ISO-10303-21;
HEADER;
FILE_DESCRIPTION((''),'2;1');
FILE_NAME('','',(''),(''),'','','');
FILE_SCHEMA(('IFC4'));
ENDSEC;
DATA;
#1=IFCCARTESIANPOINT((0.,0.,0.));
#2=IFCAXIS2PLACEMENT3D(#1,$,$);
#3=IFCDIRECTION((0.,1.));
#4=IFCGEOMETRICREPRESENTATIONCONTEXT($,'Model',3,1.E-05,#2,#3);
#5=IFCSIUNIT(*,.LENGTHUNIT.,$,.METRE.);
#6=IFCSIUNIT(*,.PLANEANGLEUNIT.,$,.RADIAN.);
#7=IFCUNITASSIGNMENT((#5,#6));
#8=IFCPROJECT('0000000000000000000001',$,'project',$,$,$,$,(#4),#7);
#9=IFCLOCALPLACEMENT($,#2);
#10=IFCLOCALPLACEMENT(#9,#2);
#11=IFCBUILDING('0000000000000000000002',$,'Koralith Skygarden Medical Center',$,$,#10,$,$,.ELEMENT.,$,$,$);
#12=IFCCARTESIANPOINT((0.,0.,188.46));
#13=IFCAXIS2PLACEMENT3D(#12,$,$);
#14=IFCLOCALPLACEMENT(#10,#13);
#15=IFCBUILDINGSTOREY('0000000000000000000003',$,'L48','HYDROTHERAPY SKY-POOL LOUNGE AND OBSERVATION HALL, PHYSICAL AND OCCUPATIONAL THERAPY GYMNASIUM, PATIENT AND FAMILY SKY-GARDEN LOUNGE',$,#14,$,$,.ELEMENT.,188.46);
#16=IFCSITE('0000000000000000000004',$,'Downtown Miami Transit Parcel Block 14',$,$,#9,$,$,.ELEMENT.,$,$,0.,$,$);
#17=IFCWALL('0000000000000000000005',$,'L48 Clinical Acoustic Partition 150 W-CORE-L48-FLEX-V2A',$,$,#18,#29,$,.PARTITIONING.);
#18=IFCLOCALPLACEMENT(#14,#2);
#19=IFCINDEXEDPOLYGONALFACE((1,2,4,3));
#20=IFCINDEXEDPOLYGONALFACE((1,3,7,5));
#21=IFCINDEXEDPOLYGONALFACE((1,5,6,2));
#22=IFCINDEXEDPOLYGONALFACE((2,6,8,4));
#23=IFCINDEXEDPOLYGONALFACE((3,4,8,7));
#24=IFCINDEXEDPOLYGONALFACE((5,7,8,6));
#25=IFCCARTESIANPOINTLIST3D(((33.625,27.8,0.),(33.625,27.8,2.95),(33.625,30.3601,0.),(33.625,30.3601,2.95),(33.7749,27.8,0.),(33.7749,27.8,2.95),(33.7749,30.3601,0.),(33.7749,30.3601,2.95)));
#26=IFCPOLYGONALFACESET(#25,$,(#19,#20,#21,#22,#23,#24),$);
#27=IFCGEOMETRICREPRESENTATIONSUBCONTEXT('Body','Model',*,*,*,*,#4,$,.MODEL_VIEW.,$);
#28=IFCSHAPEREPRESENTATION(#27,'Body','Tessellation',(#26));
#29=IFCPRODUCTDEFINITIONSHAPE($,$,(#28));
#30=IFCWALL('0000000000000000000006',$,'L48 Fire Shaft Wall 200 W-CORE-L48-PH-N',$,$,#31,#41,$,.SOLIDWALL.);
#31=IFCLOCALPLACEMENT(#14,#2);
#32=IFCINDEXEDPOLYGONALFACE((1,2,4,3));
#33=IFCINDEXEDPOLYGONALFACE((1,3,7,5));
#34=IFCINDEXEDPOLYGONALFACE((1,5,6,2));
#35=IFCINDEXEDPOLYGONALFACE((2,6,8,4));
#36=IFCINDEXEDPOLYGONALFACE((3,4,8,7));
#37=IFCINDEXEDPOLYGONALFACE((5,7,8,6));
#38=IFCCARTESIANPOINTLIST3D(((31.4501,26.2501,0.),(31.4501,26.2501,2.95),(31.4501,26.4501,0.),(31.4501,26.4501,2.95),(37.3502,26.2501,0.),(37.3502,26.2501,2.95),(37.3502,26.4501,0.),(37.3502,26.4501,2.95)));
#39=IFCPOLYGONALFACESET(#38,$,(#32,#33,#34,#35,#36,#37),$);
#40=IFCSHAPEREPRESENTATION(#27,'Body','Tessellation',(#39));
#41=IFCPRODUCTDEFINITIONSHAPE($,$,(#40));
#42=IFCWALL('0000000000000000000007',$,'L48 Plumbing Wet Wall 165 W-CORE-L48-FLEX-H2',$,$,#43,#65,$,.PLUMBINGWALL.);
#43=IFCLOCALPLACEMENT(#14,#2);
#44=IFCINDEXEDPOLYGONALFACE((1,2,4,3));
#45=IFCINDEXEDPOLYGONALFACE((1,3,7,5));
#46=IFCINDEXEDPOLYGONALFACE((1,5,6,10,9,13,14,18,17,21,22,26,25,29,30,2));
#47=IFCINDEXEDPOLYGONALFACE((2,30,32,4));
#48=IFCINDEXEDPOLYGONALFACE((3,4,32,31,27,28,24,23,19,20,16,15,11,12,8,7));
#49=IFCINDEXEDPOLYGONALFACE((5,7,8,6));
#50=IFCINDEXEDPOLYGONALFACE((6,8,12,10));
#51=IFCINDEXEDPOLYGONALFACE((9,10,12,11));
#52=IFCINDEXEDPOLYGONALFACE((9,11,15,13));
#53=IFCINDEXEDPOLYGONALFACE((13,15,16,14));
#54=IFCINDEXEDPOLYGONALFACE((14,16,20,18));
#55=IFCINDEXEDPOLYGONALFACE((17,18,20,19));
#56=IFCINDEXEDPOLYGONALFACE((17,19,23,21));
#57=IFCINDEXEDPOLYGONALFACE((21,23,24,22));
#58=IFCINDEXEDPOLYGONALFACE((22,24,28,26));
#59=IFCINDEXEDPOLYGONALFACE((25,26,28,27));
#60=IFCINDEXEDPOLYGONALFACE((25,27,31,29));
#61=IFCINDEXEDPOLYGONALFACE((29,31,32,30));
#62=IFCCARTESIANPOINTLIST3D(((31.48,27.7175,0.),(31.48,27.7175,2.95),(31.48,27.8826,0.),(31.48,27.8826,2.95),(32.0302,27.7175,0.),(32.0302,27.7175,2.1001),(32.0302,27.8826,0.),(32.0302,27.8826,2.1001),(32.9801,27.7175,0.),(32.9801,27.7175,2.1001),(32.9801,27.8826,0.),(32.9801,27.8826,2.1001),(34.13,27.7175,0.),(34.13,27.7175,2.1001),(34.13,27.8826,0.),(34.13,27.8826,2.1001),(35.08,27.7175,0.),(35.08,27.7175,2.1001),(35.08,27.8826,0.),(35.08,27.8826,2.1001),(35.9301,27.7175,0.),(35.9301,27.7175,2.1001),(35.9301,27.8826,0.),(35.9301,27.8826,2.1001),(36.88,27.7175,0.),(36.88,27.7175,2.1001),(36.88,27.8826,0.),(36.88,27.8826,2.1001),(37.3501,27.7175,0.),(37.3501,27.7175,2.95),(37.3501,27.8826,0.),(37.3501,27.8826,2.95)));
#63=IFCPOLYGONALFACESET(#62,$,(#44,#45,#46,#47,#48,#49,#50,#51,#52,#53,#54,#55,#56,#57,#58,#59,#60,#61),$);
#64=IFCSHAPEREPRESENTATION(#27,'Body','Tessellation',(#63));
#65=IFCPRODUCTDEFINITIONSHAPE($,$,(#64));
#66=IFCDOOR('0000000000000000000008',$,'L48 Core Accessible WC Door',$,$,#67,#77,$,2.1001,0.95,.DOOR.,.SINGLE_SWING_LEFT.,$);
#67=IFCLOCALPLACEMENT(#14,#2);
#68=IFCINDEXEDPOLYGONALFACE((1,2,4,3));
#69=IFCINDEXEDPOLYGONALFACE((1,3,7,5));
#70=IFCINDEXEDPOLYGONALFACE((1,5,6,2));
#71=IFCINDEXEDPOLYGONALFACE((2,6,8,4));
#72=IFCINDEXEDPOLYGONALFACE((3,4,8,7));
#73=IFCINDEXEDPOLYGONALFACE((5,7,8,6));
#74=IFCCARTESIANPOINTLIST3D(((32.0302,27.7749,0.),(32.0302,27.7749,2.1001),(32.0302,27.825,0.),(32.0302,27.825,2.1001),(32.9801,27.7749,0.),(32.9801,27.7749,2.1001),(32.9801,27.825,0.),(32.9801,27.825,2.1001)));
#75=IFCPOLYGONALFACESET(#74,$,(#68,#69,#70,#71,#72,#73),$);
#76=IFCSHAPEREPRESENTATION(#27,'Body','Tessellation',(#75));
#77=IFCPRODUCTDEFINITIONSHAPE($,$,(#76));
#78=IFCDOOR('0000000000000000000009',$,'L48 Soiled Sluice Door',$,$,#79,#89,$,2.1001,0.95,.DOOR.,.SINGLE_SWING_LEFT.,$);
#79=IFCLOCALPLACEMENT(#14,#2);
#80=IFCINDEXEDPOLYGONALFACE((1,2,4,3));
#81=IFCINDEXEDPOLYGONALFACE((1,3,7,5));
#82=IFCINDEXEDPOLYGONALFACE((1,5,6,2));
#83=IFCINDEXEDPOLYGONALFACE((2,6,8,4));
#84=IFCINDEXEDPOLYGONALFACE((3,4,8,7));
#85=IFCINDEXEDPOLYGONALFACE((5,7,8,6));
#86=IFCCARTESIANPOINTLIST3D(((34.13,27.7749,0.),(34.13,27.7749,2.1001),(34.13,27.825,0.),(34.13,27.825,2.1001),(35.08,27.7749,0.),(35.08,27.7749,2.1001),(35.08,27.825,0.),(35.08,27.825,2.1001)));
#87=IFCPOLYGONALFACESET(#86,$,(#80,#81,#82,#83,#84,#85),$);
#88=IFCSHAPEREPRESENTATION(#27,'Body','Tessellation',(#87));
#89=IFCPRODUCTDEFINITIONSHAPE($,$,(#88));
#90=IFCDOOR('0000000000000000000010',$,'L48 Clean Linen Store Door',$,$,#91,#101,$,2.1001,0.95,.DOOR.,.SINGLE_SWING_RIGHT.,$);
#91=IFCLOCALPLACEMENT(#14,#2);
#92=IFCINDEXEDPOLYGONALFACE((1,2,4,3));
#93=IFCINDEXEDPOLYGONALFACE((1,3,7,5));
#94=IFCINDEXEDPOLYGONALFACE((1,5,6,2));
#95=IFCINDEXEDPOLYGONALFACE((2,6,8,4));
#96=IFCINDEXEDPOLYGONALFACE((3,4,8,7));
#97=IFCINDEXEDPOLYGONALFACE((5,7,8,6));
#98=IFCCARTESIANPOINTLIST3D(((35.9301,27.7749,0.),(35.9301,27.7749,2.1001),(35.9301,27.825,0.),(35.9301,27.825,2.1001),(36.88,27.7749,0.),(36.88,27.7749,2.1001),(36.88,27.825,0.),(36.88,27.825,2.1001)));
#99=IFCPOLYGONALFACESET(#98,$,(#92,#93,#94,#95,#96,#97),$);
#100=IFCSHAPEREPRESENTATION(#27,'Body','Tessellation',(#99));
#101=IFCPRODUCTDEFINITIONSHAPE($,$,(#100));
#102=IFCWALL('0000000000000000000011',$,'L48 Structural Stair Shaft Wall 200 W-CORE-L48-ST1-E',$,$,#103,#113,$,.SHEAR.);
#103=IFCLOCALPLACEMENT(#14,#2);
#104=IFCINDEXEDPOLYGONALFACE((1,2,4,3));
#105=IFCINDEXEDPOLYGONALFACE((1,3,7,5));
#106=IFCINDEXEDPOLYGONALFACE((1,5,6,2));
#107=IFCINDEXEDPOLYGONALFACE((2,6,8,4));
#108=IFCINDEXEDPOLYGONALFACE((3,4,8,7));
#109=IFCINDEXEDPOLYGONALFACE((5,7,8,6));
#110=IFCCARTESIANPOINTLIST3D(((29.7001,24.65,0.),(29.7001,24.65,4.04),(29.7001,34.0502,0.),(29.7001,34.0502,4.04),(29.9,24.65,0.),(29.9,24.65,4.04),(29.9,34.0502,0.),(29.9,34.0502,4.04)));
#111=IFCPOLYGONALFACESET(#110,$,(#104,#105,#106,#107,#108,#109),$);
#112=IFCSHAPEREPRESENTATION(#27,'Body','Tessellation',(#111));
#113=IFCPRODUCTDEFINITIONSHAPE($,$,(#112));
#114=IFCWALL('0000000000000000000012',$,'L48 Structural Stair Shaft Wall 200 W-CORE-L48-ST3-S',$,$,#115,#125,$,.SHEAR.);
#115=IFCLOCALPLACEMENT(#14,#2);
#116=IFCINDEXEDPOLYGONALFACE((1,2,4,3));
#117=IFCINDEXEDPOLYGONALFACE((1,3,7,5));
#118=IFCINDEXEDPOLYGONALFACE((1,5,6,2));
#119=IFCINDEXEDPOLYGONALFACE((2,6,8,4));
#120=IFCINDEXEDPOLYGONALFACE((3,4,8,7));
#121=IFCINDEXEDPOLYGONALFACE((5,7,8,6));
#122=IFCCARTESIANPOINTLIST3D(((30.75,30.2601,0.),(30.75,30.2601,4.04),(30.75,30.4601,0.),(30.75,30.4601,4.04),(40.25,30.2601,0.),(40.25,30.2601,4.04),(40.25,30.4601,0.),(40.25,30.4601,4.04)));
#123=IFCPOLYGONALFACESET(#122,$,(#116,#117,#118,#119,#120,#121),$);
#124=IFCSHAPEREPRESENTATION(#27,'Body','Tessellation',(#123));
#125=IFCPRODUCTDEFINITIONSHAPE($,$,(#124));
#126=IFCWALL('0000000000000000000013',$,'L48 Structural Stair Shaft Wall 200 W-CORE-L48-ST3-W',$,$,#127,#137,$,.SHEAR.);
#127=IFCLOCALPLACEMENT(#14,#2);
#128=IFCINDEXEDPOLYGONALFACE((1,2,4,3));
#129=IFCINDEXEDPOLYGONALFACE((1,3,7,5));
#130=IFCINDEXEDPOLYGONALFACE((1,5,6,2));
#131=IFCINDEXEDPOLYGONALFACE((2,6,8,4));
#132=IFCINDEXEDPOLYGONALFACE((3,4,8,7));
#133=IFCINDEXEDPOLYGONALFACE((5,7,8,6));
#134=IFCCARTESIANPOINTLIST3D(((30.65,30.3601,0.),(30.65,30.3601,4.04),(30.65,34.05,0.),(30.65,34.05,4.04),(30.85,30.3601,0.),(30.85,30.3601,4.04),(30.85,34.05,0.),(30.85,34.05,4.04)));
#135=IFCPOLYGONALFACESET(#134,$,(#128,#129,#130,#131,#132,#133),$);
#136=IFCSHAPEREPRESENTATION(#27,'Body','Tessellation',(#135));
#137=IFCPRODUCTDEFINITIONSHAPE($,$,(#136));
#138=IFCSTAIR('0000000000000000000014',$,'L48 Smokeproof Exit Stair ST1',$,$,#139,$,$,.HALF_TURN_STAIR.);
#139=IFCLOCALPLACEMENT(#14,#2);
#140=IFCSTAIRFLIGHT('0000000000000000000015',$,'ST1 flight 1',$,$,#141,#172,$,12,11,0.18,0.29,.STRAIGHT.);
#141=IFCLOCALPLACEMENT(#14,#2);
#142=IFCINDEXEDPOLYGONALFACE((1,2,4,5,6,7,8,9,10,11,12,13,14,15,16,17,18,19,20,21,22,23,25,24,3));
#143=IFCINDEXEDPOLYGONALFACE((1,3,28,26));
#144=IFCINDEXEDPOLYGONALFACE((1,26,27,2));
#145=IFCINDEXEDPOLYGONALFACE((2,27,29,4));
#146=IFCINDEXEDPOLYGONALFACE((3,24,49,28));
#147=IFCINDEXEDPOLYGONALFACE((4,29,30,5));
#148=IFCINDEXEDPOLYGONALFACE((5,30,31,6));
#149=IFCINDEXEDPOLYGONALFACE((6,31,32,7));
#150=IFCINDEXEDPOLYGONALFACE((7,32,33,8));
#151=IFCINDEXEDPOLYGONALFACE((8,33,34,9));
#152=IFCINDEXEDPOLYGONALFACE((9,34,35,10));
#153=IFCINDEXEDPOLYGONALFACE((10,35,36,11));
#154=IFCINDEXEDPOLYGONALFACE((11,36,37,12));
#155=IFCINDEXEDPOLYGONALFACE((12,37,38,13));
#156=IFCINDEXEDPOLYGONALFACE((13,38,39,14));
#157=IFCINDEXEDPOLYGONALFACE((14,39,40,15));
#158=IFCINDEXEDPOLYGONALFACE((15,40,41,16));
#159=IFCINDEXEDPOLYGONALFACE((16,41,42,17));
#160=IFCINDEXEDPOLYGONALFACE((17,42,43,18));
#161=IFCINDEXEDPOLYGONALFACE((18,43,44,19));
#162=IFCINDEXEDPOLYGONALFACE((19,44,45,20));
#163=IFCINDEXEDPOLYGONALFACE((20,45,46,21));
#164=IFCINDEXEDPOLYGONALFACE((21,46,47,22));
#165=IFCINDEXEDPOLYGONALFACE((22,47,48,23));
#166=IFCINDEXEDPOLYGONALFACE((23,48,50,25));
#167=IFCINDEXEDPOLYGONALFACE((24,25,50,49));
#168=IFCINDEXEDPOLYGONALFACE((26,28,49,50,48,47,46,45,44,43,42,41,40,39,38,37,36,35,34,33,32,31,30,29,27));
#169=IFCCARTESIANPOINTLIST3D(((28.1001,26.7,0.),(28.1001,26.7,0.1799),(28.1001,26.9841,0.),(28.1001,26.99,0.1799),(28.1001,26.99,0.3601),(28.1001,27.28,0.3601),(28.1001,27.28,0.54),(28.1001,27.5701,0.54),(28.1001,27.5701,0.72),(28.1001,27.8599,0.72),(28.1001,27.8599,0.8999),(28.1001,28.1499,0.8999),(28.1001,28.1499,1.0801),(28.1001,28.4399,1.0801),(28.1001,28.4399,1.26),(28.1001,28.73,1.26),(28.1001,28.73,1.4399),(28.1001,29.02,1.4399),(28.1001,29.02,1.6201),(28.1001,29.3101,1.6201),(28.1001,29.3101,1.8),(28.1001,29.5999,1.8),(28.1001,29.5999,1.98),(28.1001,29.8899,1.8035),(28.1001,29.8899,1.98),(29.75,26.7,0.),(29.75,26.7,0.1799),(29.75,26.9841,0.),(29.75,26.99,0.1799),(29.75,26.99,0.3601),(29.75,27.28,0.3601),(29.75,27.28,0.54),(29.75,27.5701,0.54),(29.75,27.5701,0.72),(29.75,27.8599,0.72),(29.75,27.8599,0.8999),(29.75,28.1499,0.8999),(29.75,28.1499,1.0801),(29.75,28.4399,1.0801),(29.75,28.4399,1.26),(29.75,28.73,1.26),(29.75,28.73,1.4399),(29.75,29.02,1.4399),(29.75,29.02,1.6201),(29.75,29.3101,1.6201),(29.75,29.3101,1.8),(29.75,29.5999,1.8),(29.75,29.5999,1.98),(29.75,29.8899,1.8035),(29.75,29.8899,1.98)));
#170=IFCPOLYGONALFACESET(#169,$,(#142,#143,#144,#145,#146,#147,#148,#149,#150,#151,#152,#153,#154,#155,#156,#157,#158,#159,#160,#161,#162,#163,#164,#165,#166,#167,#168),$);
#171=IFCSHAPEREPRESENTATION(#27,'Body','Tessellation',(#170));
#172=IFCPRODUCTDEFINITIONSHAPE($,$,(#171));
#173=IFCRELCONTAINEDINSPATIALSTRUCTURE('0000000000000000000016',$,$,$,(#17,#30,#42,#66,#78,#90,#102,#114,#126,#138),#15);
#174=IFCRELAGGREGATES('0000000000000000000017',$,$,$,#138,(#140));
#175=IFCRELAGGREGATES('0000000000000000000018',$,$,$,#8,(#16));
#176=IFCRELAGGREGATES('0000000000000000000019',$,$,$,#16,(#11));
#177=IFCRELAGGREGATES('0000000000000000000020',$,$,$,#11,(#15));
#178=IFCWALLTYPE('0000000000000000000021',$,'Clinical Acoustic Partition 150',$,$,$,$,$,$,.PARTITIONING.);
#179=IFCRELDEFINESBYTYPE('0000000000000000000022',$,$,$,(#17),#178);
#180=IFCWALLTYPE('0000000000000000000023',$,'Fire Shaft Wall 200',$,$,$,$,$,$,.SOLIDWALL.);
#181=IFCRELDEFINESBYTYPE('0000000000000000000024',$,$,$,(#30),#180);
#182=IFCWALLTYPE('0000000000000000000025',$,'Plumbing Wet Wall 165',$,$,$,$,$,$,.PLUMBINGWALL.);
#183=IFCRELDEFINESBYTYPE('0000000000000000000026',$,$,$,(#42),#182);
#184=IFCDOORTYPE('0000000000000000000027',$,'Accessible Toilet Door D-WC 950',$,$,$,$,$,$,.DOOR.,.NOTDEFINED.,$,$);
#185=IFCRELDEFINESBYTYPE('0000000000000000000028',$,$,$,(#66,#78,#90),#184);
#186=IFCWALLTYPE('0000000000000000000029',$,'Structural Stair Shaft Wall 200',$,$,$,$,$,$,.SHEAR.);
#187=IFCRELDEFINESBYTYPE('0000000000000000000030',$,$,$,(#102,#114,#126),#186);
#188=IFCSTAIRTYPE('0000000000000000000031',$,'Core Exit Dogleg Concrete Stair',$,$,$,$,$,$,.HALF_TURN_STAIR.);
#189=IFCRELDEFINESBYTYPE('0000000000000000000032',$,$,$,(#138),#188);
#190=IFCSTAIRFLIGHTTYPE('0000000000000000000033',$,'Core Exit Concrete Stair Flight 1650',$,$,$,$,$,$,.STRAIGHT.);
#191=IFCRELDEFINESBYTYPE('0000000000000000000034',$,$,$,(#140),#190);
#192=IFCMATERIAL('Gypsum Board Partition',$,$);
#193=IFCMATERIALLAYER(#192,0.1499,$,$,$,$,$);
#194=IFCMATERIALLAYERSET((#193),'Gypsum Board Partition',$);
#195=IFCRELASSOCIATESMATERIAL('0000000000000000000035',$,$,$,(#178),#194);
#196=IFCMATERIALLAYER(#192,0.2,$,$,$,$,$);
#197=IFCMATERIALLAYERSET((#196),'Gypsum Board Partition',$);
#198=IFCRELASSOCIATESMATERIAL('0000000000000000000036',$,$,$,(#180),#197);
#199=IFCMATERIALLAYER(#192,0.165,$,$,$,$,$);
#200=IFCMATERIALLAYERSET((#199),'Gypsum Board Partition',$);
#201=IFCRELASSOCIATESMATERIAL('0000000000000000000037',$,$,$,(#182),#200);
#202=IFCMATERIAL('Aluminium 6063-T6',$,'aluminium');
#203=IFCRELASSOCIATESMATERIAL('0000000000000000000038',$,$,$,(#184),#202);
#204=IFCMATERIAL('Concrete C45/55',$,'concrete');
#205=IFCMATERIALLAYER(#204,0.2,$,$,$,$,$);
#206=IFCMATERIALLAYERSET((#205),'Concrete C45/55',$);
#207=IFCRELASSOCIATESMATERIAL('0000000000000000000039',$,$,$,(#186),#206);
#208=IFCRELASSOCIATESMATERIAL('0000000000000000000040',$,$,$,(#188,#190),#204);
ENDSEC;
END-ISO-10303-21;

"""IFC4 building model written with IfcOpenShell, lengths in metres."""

from ifc_helpers import new_model, si_unit, direction, frame, frame_2d, origin, place, context, subcontext, project, spatial, polyline, rectangle, outline, extrude, material, layer, layer_set, type_object, element, fill, aggregate, save


model = new_model("IFC4")

# Units and contexts
model_context = context("Model", 3, precision=1e-05, world=origin(), true_north=direction((0.0, 1.0)))
body_context = subcontext(model_context, "Body", "Model", "MODEL_VIEW")
ifc_project = project(units=[si_unit("LENGTHUNIT", "METRE"), si_unit("PLANEANGLEUNIT", "RADIAN")], contexts=[model_context])

# Site, building, storey
site_placement = place(None, origin())
site = spatial("IfcSite", under=ifc_project, at=site_placement, Name="Downtown Miami Transit Parcel Block 14", CompositionType="ELEMENT", RefElevation=0.0)
building_placement = place(site_placement, origin())
building = spatial("IfcBuilding", under=site, at=building_placement, Name="Koralith Skygarden Medical Center", CompositionType="ELEMENT")
storey_placement = place(building_placement, frame((0.0, 0.0, 188.46)))
storey = spatial("IfcBuildingStorey", under=building, at=storey_placement, Name="L48", Description="HYDROTHERAPY SKY-POOL LOUNGE AND OBSERVATION HALL, PHYSICAL AND OCCUPATIONAL THERAPY GYMNASIUM, PATIENT AND FAMILY SKY-GARDEN LOUNGE", CompositionType="ELEMENT", Elevation=188.46)

# Walls
ifc_material_1 = material(Name="Gypsum Board Partition")
ifc_layer_1 = layer(ifc_material_1, 0.1499)
ifc_layer_set_1 = layer_set([ifc_layer_1], Name="Gypsum Board Partition")
wall_type_1 = type_object("IfcWallType", Name="Clinical Acoustic Partition 150", PredefinedType="PARTITIONING", material=ifc_layer_set_1)
wall_1_placement = place(storey_placement, frame((33.7, 27.8, 0.0), z_axis=(0.0, 0.0, 1.0), x_axis=(0.0, 1.0, 0.0)))
element("IfcWall", 1, at=wall_1_placement, inside=storey, type_object=wall_type_1, Name="L48 Clinical Acoustic Partition 150 W-CORE-L48-FLEX-V2A", PredefinedType="PARTITIONING", context=body_context, shape_type="SweptSolid", body=[
    extrude(rectangle(XDim=2.5601, YDim=0.1499, at=frame_2d((1.28, 0.0))), origin(), (0.0, 0.0, 1.0), 2.95),
])
ifc_layer_2 = layer(ifc_material_1, 0.2)
ifc_layer_set_2 = layer_set([ifc_layer_2], Name="Gypsum Board Partition")
wall_type_2 = type_object("IfcWallType", Name="Fire Shaft Wall 200", PredefinedType="SOLIDWALL", material=ifc_layer_set_2)
wall_2_placement = place(storey_placement, frame((31.45, 26.3501, 0.0), z_axis=(0.0, 0.0, 1.0), x_axis=(1.0, 0.0, 0.0)))
element("IfcWall", 2, at=wall_2_placement, inside=storey, type_object=wall_type_2, Name="L48 Fire Shaft Wall 200 W-CORE-L48-PH-N", PredefinedType="SOLIDWALL", context=body_context, shape_type="SweptSolid", body=[
    extrude(rectangle(XDim=5.9001, YDim=0.2, at=frame_2d((2.9502, 0.0))), origin(), (0.0, 0.0, 1.0), 2.95),
])

# Shared definitions
ifc_layer_3 = layer(ifc_material_1, 0.165)
ifc_layer_set_3 = layer_set([ifc_layer_3], Name="Gypsum Board Partition")
wall_type_3 = type_object("IfcWallType", Name="Plumbing Wet Wall 165", PredefinedType="PLUMBINGWALL", material=ifc_layer_set_3)
ifc_material_2 = material(Name="Aluminium 6063-T6", Category="aluminium")

# Wall, openings, doors
wall_3_placement = place(storey_placement, frame((31.48, 27.8, 0.0), z_axis=(0.0, 0.0, 1.0), x_axis=(1.0, 0.0, 0.0)))
wall_3 = element("IfcWall", 3, at=wall_3_placement, inside=storey, type_object=wall_type_3, Name="L48 Plumbing Wet Wall 165 W-CORE-L48-FLEX-H2", PredefinedType="PLUMBINGWALL", context=body_context, shape_type="SweptSolid", body=[
    extrude(rectangle(XDim=5.8701, YDim=0.165, at=frame_2d((2.9351, 0.0))), origin(), (0.0, 0.0, 1.0), 2.95),
])
opening_1_placement = place(wall_3_placement, frame((0.55, 0.0, 0.0)))
opening_1 = element("IfcOpeningElement", 4, at=opening_1_placement, cuts=wall_3, PredefinedType="OPENING", context=body_context, shape_type="SweptSolid", body=[
    extrude(rectangle(XDim=0.95, YDim=2.1001, at=frame_2d((0.4751, 1.05))), frame((0.0, 0.0925, 0.0), z_axis=(0.0, -1.0, 0.0), x_axis=(1.0, 0.0, 0.0)), (0.0, 0.0, 1.0), 0.1851),
])
opening_2_placement = place(wall_3_placement, frame((2.6499, 0.0, 0.0)))
opening_2 = element("IfcOpeningElement", 5, at=opening_2_placement, cuts=wall_3, PredefinedType="OPENING", context=body_context, shape_type="SweptSolid", body=[
    extrude(rectangle(XDim=0.95, YDim=2.1001, at=frame_2d((0.4751, 1.05))), frame((0.0, 0.0925, 0.0), z_axis=(0.0, -1.0, 0.0), x_axis=(1.0, 0.0, 0.0)), (0.0, 0.0, 1.0), 0.1851),
])
opening_3_placement = place(wall_3_placement, frame((4.45, 0.0, 0.0)))
opening_3 = element("IfcOpeningElement", 6, at=opening_3_placement, cuts=wall_3, PredefinedType="OPENING", context=body_context, shape_type="SweptSolid", body=[
    extrude(rectangle(XDim=0.95, YDim=2.1001, at=frame_2d((0.4751, 1.05))), frame((0.0, 0.0925, 0.0), z_axis=(0.0, -1.0, 0.0), x_axis=(1.0, 0.0, 0.0)), (0.0, 0.0, 1.0), 0.1851),
])
door_type_1 = type_object("IfcDoorType", Name="Accessible Toilet Door D-WC 950", OperationType="NOTDEFINED", PredefinedType="DOOR", material=ifc_material_2)
door_1_placement = place(opening_1_placement, origin())
door_1 = element("IfcDoor", 7, at=door_1_placement, inside=storey, type_object=door_type_1, Name="L48 Core Accessible WC Door", OperationType="SINGLE_SWING_LEFT", OverallHeight=2.1001, OverallWidth=0.95, PredefinedType="DOOR", context=body_context, shape_type="SweptSolid", body=[
    extrude(rectangle(XDim=0.95, YDim=2.1001, at=frame_2d((0.4751, 1.05))), frame((0.0, 0.0249, 0.0), z_axis=(0.0, -1.0, 0.0), x_axis=(1.0, 0.0, 0.0)), (0.0, 0.0, 1.0), 0.05),
])
fill(opening_1, door_1)
door_2_placement = place(opening_2_placement, origin())
door_2 = element("IfcDoor", 8, at=door_2_placement, inside=storey, type_object=door_type_1, Name="L48 Soiled Sluice Door", OperationType="SINGLE_SWING_LEFT", OverallHeight=2.1001, OverallWidth=0.95, PredefinedType="DOOR", context=body_context, shape_type="SweptSolid", body=[
    extrude(rectangle(XDim=0.95, YDim=2.1001, at=frame_2d((0.4751, 1.05))), frame((0.0, 0.0249, 0.0), z_axis=(0.0, -1.0, 0.0), x_axis=(1.0, 0.0, 0.0)), (0.0, 0.0, 1.0), 0.05),
])
fill(opening_2, door_2)
door_3_placement = place(opening_3_placement, origin())
door_3 = element("IfcDoor", 9, at=door_3_placement, inside=storey, type_object=door_type_1, Name="L48 Clean Linen Store Door", OperationType="SINGLE_SWING_RIGHT", OverallHeight=2.1001, OverallWidth=0.95, PredefinedType="DOOR", context=body_context, shape_type="SweptSolid", body=[
    extrude(rectangle(XDim=0.95, YDim=2.1001, at=frame_2d((0.4751, 1.05))), frame((0.0, 0.0249, 0.0), z_axis=(0.0, -1.0, 0.0), x_axis=(1.0, 0.0, 0.0)), (0.0, 0.0, 1.0), 0.05),
])
fill(opening_3, door_3)

# Walls
ifc_material_3 = material(Name="Concrete C45/55", Category="concrete")
ifc_layer_4 = layer(ifc_material_3, 0.2)
ifc_layer_set_4 = layer_set([ifc_layer_4], Name="Concrete C45/55")
wall_type_4 = type_object("IfcWallType", Name="Structural Stair Shaft Wall 200", PredefinedType="SHEAR", material=ifc_layer_set_4)
wall_4_placement = place(storey_placement, frame((29.8, 24.6499, 0.0), z_axis=(0.0, 0.0, 1.0), x_axis=(0.0, 1.0, 0.0)))
element("IfcWall", 10, at=wall_4_placement, inside=storey, type_object=wall_type_4, Name="L48 Structural Stair Shaft Wall 200 W-CORE-L48-ST1-E", PredefinedType="SHEAR", context=body_context, shape_type="SweptSolid", body=[
    extrude(rectangle(XDim=9.4001, YDim=0.2, at=frame_2d((4.7002, 0.0))), origin(), (0.0, 0.0, 1.0), 4.04),
])
wall_5_placement = place(storey_placement, frame((30.75, 30.3601, 0.0), z_axis=(0.0, 0.0, 1.0), x_axis=(1.0, 0.0, 0.0)))
element("IfcWall", 11, at=wall_5_placement, inside=storey, type_object=wall_type_4, Name="L48 Structural Stair Shaft Wall 200 W-CORE-L48-ST3-S", PredefinedType="SHEAR", context=body_context, shape_type="SweptSolid", body=[
    extrude(rectangle(XDim=9.5, YDim=0.2, at=frame_2d((4.75, 0.0))), origin(), (0.0, 0.0, 1.0), 4.04),
])
wall_6_placement = place(storey_placement, frame((30.75, 30.3601, 0.0), z_axis=(0.0, 0.0, 1.0), x_axis=(0.0, 1.0, 0.0)))
element("IfcWall", 12, at=wall_6_placement, inside=storey, type_object=wall_type_4, Name="L48 Structural Stair Shaft Wall 200 W-CORE-L48-ST3-W", PredefinedType="SHEAR", context=body_context, shape_type="SweptSolid", body=[
    extrude(rectangle(XDim=3.6899, YDim=0.2, at=frame_2d((1.845, 0.0))), origin(), (0.0, 0.0, 1.0), 4.04),
])

# Stair, stair flight
stair_type = type_object("IfcStairType", Name="Core Exit Dogleg Concrete Stair", PredefinedType="HALF_TURN_STAIR", material=ifc_material_3)
stair_1_placement = place(storey_placement, origin())
stair_1 = element("IfcStair", 13, at=stair_1_placement, inside=storey, type_object=stair_type, Name="L48 Smokeproof Exit Stair ST1", PredefinedType="HALF_TURN_STAIR")
stair_flight_type = type_object("IfcStairFlightType", Name="Core Exit Concrete Stair Flight 1650", PredefinedType="STRAIGHT", material=ifc_material_3)
stair_flight_1_placement = place(storey_placement, frame((28.925, 26.7, 0.0), z_axis=(0.0, 0.0, 1.0), x_axis=(0.0, 1.0, 0.0)))
stair_flight_1 = element("IfcStairFlight", 14, at=stair_flight_1_placement, type_object=stair_flight_type, Name="ST1 flight 1", NumberOfRisers=12, NumberOfTreads=11, PredefinedType="STRAIGHT", RiserHeight=0.18, TreadLength=0.29, context=body_context, shape_type="SweptSolid", body=[
    extrude(outline(polyline([(0.0, 0.0), (0.0, 0.1799), (0.29, 0.1799), (0.29, 0.3601), (0.5801, 0.3601), (0.5801, 0.54), (0.8701, 0.54), (0.8701, 0.72), (1.1599, 0.72), (1.1599, 0.8999), (1.45, 0.8999), (1.45, 1.0801), (1.74, 1.0801), (1.74, 1.26), (2.03, 1.26), (2.03, 1.4399), (2.3201, 1.4399), (2.3201, 1.6201), (2.6101, 1.6201), (2.6101, 1.8), (2.8999, 1.8), (2.8999, 1.98), (3.1899, 1.98), (3.1899, 2.1599), (3.1899, 1.8035), (0.2842, 0.0), (0.0, 0.0)])), frame((0.0, 0.825, 0.0), z_axis=(0.0, -1.0, 0.0), x_axis=(1.0, 0.0, 0.0)), (0.0, 0.0, 1.0), 1.6499),
])
aggregate(stair_1, [stair_flight_1])

save(model, "model.ifc")
